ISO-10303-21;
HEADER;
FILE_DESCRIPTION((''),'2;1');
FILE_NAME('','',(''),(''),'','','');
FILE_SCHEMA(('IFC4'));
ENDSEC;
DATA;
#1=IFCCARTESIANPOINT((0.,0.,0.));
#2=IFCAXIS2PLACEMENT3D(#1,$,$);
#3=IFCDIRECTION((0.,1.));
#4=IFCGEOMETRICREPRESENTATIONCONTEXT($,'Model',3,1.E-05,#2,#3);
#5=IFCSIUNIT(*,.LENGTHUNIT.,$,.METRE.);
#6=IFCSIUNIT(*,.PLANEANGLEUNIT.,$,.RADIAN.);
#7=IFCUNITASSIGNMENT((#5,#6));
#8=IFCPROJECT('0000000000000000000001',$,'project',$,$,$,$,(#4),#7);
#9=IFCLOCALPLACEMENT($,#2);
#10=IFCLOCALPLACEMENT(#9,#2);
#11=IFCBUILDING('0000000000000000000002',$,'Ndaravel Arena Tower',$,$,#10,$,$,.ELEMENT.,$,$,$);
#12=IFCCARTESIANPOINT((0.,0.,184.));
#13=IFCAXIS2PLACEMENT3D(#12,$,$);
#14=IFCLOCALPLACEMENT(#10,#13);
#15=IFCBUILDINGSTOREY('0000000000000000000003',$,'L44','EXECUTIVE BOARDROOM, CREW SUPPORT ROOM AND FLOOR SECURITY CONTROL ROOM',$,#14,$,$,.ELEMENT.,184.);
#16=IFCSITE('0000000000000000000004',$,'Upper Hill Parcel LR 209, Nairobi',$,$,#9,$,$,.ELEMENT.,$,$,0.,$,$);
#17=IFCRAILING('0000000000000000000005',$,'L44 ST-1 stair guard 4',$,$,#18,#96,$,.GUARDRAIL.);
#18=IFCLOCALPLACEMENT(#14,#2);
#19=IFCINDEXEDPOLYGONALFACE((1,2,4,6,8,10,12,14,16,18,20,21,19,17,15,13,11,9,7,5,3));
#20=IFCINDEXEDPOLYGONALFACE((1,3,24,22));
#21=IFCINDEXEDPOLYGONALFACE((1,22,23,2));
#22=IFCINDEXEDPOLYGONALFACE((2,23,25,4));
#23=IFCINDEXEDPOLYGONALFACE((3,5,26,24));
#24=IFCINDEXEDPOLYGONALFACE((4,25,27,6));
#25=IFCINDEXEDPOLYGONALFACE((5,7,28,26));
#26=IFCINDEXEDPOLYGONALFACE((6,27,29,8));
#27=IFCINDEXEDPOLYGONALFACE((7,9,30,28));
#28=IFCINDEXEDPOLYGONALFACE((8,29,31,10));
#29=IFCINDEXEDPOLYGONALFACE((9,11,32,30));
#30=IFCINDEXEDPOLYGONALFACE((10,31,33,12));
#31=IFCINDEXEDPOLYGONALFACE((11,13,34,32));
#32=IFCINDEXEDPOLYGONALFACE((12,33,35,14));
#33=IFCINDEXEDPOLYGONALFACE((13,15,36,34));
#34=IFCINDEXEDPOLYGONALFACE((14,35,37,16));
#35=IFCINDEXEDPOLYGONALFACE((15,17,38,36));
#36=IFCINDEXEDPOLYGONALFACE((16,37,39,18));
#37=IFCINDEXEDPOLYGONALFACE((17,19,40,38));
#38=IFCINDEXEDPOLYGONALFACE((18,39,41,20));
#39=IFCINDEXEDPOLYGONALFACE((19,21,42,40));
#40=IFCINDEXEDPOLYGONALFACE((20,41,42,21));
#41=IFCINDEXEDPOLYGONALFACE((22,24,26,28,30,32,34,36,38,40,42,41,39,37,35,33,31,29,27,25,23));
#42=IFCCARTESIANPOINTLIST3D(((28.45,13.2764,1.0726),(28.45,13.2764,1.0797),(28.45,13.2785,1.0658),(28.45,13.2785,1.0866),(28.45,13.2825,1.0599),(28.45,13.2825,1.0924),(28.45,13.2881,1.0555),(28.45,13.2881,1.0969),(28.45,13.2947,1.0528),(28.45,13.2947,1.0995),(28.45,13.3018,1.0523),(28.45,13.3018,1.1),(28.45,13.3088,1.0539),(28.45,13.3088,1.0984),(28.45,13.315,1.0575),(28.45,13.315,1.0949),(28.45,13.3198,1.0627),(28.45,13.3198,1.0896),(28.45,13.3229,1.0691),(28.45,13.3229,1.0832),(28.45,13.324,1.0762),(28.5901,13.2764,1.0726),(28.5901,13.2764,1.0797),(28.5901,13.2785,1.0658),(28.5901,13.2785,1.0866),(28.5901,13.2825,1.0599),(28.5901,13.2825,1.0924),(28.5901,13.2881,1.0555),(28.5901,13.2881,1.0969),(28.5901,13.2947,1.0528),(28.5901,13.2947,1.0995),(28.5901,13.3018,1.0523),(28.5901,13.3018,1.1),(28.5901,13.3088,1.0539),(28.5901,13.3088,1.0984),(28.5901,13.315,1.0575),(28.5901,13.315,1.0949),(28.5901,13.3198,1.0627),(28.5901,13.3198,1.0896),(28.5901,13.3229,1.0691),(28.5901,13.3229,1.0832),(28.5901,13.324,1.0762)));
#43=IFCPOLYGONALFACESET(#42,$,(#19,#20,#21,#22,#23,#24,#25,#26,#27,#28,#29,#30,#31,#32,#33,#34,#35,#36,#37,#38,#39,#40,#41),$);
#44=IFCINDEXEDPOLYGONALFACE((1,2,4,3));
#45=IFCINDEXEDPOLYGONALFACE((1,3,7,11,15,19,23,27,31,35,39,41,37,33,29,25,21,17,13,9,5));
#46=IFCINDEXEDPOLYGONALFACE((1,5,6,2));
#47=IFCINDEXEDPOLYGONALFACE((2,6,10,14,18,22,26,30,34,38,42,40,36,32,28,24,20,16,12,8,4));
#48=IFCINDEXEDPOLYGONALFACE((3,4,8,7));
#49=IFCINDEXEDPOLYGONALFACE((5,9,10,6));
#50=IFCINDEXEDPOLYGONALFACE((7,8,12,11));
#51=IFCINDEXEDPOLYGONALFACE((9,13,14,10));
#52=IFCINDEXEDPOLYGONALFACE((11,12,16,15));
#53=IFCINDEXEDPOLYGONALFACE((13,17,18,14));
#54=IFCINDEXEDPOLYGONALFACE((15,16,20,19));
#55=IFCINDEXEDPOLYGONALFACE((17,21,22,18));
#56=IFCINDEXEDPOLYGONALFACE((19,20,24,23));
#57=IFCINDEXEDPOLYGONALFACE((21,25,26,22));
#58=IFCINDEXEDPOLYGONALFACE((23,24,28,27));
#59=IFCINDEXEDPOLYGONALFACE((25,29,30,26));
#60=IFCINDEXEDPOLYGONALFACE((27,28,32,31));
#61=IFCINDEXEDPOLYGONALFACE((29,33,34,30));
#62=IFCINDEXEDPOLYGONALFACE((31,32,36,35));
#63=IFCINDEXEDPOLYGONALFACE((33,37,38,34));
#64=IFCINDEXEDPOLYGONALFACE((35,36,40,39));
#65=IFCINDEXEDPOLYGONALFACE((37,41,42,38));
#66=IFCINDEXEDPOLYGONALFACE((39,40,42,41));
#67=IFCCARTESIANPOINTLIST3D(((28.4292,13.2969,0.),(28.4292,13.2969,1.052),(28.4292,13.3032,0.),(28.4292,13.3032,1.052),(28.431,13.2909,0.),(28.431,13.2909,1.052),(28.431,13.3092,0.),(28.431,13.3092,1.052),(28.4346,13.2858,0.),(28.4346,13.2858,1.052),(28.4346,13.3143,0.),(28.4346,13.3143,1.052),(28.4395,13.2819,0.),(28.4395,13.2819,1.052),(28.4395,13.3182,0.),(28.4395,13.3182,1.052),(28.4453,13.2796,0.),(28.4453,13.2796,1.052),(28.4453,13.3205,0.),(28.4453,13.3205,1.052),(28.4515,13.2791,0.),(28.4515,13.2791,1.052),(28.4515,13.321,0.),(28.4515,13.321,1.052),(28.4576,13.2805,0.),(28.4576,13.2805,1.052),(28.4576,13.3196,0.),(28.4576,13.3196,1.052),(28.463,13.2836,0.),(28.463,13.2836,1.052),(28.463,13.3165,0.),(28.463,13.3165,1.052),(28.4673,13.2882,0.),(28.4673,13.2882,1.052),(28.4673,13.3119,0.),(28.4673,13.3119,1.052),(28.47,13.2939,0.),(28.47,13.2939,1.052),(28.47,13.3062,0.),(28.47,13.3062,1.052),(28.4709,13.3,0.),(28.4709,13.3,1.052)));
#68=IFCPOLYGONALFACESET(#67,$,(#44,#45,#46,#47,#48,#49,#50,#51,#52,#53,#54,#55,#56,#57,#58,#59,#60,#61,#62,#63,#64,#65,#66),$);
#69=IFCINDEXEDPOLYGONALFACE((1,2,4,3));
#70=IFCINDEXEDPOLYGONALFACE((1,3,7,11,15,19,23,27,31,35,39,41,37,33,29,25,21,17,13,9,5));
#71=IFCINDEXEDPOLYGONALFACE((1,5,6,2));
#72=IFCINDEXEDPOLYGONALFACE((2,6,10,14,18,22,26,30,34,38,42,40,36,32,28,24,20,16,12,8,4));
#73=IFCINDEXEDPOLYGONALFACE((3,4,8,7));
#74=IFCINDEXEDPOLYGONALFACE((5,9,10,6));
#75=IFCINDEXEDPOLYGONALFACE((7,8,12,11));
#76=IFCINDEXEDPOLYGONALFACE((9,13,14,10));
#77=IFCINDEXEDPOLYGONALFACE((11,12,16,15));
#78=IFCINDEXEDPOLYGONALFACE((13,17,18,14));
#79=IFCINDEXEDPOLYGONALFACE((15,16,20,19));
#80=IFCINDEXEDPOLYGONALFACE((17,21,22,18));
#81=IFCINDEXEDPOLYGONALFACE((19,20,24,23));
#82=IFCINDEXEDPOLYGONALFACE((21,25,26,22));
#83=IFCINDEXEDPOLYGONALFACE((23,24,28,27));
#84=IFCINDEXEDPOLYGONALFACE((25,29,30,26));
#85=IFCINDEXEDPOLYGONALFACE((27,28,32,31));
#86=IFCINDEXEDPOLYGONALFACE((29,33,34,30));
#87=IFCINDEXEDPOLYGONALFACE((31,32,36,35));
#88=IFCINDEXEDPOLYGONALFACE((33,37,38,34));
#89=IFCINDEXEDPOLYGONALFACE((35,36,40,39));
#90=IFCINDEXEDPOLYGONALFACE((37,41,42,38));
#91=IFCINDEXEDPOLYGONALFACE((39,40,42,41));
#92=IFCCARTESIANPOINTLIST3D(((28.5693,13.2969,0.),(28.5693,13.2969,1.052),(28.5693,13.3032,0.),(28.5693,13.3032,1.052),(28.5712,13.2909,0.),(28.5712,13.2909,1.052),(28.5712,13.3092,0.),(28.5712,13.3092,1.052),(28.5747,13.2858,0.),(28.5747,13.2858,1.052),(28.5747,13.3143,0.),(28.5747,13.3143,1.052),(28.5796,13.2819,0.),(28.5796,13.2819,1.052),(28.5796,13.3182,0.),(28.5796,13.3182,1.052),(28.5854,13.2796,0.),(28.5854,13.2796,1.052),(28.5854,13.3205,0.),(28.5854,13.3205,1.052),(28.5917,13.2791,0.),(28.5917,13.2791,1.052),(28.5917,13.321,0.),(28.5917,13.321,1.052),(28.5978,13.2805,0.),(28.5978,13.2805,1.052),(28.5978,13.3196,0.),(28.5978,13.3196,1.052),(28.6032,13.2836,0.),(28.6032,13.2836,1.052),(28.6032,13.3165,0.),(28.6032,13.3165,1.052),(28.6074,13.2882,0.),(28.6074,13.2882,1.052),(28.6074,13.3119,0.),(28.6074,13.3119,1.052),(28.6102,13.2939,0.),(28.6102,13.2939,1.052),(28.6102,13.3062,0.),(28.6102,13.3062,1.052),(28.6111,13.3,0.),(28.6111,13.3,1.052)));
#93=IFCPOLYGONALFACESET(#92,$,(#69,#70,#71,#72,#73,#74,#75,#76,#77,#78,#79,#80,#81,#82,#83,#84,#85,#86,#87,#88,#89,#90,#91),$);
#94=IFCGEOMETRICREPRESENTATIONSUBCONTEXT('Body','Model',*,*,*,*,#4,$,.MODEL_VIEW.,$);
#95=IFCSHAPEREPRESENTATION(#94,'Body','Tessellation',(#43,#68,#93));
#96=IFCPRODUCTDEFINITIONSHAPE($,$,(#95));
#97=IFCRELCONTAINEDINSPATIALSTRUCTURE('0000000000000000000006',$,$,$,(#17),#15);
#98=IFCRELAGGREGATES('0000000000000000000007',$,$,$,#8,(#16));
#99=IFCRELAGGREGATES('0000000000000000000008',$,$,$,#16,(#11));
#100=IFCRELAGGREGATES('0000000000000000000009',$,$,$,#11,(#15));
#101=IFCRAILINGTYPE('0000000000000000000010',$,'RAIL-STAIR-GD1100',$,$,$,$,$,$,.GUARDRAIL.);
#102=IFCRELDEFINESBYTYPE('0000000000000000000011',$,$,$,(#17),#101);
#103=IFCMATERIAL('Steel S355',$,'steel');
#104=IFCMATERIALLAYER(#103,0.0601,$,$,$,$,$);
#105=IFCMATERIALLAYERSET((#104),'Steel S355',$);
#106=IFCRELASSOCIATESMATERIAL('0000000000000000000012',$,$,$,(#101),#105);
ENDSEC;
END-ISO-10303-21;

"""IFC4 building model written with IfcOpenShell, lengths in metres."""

from ifc_helpers import new_model, si_unit, direction, frame, origin, origin_2d, place, context, subcontext, project, spatial, circle, extrude, material, layer, layer_set, type_object, element, save


model = new_model("IFC4")

# Units and contexts
model_context = context("Model", 3, precision=1e-05, world=origin(), true_north=direction((0.0, 1.0)))
body_context = subcontext(model_context, "Body", "Model", "MODEL_VIEW")
ifc_project = project(units=[si_unit("LENGTHUNIT", "METRE"), si_unit("PLANEANGLEUNIT", "RADIAN")], contexts=[model_context])

# Site, building, storey
site_placement = place(None, origin())
site = spatial("IfcSite", under=ifc_project, at=site_placement, Name="Upper Hill Parcel LR 209, Nairobi", CompositionType="ELEMENT", RefElevation=0.0)
building_placement = place(site_placement, origin())
building = spatial("IfcBuilding", under=site, at=building_placement, Name="Ndaravel Arena Tower", CompositionType="ELEMENT")
storey_placement = place(building_placement, frame((0.0, 0.0, 184.0)))
storey = spatial("IfcBuildingStorey", under=building, at=storey_placement, Name="L44", Description="EXECUTIVE BOARDROOM, CREW SUPPORT ROOM AND FLOOR SECURITY CONTROL ROOM", CompositionType="ELEMENT", Elevation=184.0)

# Railing
ifc_material_1 = material(Name="Steel S355", Category="steel")
ifc_layer_1 = layer(ifc_material_1, 0.0601)
ifc_layer_set_1 = layer_set([ifc_layer_1], Name="Steel S355")
railing_type_1 = type_object("IfcRailingType", Name="RAIL-STAIR-GD1100", PredefinedType="GUARDRAIL", material=ifc_layer_set_1)
railing_1_placement = place(storey_placement, frame((28.45, 13.3, 0.0)))
element("IfcRailing", 1, at=railing_1_placement, inside=storey, type_object=railing_type_1, Name="L44 ST-1 stair guard 4", PredefinedType="GUARDRAIL", context=body_context, shape_type="SweptSolid", body=[
    extrude(circle(Radius=0.0239, at=origin_2d()), frame((0.0, 0.0, 1.0762), z_axis=(1.0, 0.0, 0.0), x_axis=(0.0, 1.0, 0.0)), (0.0, 0.0, 1.0), 0.1401),
    extrude(circle(Radius=0.021, at=origin_2d()), origin(), (0.0, 0.0, 1.0), 1.052),
    extrude(circle(Radius=0.021, at=origin_2d()), frame((0.1401, 0.0, 0.0)), (0.0, 0.0, 1.0), 1.052),
])

save(model, "model.ifc")
